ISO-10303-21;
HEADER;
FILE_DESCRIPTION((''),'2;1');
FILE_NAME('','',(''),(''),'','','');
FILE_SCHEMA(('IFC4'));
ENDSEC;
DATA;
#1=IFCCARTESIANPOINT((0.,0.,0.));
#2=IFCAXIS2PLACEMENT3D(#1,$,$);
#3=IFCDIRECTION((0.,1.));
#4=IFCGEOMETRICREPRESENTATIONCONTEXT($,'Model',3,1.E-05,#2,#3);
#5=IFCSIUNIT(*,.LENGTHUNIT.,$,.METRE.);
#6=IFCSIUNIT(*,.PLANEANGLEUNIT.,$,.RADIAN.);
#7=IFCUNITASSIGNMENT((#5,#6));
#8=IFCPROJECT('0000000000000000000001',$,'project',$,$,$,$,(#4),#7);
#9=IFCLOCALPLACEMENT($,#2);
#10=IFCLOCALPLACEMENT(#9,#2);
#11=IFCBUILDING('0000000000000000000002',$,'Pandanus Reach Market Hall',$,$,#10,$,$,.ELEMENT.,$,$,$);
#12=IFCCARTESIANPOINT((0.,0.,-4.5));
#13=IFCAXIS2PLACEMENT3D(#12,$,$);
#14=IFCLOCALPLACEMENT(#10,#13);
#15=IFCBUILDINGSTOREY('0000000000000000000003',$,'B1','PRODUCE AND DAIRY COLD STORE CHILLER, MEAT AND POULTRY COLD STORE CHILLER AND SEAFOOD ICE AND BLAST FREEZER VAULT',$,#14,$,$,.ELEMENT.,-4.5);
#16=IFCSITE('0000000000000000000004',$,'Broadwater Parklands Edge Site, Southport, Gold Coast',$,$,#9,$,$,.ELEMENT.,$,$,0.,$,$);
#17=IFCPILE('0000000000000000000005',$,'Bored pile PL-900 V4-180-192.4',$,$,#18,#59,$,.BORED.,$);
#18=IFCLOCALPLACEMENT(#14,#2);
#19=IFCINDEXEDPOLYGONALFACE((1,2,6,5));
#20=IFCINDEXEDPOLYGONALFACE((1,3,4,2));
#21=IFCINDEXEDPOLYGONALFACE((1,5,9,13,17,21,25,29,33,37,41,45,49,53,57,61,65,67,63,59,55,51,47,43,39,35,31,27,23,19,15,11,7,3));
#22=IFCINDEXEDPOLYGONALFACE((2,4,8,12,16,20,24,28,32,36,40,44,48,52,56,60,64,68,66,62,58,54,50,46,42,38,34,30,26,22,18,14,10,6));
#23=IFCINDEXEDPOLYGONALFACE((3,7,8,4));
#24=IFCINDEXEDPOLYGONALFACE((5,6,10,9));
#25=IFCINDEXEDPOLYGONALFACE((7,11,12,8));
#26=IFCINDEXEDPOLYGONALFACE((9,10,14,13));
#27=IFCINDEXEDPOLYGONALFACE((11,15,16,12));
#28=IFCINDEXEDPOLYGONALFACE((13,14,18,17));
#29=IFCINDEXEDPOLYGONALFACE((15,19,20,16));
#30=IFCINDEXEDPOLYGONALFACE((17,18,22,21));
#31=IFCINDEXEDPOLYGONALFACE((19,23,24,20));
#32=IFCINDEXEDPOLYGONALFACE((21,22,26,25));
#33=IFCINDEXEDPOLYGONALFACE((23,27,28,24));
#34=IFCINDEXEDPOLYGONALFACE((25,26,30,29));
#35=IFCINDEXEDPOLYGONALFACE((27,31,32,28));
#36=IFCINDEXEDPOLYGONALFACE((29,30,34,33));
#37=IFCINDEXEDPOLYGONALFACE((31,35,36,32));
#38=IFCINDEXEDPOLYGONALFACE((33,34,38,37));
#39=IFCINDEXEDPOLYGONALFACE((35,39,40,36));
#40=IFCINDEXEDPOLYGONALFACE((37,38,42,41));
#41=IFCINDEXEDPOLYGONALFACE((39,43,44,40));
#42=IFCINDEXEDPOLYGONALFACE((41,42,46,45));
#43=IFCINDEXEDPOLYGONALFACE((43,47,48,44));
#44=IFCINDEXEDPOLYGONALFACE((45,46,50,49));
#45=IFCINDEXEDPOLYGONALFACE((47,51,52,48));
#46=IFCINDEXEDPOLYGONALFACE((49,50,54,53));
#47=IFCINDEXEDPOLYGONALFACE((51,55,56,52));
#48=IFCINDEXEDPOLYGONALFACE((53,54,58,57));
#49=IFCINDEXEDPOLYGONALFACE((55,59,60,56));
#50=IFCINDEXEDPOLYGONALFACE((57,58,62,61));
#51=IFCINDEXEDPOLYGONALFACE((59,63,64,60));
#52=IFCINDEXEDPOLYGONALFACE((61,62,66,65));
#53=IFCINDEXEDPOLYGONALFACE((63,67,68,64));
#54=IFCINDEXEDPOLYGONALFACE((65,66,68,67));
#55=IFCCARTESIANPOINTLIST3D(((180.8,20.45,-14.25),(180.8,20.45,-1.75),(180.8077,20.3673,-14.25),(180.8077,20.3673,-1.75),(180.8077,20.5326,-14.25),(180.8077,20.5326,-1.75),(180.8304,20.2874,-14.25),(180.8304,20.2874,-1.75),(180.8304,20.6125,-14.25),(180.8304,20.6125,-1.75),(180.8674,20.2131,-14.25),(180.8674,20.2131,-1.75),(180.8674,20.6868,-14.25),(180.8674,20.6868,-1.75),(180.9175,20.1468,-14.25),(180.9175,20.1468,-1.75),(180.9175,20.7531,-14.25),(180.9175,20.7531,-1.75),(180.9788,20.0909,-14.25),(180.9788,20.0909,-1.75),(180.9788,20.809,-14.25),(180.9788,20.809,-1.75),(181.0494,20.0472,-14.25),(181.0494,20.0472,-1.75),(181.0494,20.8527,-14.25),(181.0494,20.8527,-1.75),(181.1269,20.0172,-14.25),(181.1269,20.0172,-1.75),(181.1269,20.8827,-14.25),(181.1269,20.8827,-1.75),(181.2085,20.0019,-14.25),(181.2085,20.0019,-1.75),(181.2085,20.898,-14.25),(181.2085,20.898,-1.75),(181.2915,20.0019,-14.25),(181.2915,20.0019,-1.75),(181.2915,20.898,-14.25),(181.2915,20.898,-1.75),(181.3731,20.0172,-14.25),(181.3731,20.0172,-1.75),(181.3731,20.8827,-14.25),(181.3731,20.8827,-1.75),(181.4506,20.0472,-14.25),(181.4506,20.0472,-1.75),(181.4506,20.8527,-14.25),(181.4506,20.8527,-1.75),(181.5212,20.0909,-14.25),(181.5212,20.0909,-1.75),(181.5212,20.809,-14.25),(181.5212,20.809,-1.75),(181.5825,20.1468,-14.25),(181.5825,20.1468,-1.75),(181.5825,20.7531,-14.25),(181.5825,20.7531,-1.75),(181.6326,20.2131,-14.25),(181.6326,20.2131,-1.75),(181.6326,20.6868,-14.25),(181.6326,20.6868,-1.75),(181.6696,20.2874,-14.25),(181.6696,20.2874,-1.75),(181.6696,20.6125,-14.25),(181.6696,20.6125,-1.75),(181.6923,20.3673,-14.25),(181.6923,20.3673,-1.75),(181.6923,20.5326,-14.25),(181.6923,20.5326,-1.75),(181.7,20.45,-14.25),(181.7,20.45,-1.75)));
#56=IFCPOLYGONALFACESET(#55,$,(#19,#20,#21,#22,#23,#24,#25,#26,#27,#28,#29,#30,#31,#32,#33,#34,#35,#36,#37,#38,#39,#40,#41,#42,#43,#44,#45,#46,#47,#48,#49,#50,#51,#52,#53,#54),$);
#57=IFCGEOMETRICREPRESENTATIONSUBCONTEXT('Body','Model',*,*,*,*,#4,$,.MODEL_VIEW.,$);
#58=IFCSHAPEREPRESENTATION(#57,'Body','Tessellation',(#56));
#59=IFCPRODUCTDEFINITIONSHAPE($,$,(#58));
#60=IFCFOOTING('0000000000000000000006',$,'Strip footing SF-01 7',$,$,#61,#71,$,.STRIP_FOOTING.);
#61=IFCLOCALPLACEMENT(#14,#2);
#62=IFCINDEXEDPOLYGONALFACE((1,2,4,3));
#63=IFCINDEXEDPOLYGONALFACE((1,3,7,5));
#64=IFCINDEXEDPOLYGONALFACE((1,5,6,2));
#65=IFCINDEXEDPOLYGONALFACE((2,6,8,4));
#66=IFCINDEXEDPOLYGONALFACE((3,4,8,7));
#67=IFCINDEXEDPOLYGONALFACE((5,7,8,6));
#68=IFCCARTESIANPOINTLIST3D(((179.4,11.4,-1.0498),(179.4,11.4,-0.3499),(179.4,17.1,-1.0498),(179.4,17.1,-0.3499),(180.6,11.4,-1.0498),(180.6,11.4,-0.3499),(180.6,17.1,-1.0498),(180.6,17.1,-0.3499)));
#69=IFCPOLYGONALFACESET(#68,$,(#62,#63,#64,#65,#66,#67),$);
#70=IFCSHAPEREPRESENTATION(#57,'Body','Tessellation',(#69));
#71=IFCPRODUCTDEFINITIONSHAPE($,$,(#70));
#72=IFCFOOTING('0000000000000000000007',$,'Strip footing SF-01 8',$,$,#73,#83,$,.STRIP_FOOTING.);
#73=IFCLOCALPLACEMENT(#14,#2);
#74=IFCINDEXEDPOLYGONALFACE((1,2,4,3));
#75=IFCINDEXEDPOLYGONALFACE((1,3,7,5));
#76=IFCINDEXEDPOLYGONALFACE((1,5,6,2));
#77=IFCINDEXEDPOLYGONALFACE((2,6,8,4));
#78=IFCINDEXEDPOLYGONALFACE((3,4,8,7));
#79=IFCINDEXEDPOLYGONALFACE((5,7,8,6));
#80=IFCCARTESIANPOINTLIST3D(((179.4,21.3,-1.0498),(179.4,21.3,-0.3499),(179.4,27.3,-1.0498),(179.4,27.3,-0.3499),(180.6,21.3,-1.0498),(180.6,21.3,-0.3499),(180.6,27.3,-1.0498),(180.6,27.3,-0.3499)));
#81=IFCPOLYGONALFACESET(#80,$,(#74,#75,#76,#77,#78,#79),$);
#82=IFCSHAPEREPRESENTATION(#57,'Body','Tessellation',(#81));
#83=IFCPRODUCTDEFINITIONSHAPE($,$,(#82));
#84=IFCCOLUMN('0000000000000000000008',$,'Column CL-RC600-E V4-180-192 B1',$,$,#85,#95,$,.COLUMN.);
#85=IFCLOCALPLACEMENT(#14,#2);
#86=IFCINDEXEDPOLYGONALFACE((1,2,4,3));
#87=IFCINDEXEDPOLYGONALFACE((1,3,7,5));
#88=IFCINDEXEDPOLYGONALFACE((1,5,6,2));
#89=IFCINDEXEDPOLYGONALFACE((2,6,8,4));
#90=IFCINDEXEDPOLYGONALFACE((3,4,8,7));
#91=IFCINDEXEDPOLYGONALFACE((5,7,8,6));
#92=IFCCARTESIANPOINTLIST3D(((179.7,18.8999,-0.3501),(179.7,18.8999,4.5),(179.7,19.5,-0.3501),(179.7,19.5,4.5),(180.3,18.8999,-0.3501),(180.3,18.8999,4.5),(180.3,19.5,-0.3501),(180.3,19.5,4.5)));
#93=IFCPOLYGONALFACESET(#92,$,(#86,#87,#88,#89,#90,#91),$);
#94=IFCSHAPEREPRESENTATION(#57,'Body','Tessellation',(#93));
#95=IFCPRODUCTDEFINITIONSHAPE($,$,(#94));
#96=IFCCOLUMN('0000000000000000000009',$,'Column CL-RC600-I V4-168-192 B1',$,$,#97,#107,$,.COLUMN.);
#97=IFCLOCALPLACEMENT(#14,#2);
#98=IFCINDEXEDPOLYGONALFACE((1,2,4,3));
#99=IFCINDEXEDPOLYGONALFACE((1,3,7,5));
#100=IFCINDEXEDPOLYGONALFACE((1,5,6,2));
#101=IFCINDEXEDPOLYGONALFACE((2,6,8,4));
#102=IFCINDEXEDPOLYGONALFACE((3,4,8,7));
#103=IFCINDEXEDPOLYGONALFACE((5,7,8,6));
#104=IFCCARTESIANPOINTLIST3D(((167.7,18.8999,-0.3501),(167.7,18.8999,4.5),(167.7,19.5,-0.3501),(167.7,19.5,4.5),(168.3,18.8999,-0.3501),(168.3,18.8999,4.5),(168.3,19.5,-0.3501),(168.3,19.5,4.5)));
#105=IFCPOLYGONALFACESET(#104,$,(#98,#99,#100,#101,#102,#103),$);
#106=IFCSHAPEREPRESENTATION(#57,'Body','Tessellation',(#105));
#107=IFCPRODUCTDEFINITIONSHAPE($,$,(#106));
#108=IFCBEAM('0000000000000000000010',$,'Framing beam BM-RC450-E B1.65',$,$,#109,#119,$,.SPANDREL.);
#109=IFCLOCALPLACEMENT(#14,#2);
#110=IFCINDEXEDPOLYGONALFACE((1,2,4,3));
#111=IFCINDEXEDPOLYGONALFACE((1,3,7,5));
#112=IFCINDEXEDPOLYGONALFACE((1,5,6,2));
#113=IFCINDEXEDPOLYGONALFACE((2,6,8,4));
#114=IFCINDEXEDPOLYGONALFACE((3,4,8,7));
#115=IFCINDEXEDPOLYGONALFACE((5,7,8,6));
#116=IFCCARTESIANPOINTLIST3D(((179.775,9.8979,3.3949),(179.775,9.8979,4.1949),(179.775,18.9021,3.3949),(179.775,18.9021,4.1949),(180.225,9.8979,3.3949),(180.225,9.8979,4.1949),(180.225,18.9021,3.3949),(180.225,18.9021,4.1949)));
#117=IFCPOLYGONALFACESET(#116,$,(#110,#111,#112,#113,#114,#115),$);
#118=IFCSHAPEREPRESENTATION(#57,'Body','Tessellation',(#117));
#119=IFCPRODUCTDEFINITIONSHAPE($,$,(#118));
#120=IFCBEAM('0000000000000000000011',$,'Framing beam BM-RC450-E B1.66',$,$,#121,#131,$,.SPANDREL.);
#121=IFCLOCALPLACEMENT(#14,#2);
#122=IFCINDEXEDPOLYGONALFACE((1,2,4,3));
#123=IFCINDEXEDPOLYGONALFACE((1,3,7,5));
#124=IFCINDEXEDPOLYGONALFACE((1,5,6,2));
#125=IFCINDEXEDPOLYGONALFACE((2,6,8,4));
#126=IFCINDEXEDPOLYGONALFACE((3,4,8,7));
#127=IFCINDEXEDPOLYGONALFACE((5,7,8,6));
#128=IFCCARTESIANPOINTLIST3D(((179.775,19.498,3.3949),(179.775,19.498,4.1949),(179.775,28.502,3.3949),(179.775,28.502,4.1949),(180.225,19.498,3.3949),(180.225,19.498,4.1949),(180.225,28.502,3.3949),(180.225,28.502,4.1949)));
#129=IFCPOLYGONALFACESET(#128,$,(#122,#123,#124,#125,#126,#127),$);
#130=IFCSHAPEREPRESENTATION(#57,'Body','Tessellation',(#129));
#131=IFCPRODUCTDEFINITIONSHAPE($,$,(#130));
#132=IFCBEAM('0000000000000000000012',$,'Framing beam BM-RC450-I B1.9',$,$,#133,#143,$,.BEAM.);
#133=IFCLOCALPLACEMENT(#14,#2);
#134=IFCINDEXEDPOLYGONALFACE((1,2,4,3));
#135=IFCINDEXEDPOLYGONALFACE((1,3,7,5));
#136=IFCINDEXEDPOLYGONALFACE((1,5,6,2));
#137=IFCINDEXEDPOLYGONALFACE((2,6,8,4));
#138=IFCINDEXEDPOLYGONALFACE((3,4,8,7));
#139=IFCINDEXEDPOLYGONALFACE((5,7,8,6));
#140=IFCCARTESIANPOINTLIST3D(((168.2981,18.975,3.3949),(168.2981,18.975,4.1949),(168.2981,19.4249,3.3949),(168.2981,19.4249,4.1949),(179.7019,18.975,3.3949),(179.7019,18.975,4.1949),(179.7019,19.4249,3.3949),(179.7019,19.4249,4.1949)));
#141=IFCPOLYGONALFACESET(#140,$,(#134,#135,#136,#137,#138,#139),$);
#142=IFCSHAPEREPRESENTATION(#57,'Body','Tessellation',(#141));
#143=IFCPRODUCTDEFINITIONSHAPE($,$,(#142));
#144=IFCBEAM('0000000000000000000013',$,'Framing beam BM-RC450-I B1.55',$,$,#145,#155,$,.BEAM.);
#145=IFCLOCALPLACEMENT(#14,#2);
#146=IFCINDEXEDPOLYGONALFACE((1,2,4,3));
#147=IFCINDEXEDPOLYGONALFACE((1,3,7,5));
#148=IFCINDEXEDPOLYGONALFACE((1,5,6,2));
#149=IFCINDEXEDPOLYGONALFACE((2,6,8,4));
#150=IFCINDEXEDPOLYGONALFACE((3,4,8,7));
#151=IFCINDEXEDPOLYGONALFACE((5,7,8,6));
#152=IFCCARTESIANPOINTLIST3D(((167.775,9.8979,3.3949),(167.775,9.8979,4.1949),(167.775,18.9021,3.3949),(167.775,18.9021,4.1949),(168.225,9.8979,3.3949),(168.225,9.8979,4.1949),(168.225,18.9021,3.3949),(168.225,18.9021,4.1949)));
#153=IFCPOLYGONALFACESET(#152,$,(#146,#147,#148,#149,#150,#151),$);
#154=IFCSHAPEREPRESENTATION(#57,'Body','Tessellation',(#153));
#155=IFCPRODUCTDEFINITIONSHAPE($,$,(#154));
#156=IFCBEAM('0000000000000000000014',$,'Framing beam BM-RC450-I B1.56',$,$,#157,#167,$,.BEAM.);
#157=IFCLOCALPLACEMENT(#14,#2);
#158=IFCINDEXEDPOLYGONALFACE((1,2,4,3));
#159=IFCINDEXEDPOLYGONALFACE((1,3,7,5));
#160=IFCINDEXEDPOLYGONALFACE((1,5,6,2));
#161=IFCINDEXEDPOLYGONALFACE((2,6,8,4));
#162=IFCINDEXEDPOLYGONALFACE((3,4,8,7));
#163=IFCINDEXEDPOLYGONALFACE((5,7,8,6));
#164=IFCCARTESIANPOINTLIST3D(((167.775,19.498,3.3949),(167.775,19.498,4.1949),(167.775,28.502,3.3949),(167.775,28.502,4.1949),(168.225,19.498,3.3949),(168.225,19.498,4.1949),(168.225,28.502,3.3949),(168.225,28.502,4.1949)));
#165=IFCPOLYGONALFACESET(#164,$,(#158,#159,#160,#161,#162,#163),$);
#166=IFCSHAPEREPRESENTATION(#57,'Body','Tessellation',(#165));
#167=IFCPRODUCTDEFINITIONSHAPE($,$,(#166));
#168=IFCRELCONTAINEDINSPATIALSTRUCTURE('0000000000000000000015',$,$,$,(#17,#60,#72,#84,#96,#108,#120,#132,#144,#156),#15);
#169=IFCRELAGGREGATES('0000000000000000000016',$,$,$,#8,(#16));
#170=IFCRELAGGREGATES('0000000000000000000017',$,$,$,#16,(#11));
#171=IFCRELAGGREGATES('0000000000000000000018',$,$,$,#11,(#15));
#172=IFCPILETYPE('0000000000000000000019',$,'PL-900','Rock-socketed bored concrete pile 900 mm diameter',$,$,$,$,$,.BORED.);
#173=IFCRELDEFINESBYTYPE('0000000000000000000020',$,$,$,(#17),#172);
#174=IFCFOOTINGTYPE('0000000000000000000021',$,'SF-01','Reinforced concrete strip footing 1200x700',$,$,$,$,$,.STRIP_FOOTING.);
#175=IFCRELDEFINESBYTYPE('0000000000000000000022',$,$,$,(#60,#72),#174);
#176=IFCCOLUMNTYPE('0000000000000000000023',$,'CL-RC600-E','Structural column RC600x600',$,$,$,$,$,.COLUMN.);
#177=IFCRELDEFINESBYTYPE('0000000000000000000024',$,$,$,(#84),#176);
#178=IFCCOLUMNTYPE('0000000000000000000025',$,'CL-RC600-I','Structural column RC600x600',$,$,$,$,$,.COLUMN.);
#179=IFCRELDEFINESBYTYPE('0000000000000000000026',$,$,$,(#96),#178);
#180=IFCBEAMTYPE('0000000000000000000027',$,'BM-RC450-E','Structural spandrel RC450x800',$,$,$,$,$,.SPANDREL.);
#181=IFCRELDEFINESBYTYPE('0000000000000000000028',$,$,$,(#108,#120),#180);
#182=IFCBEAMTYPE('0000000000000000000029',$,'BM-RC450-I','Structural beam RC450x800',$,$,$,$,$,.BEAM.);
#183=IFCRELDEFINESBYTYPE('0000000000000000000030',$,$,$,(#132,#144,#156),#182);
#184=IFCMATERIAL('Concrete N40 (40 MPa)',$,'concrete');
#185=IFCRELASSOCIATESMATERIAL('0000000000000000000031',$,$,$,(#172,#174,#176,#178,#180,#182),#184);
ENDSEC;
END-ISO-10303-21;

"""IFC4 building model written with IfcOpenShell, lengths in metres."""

from ifc_helpers import new_model, si_unit, direction, frame, origin, origin_2d, place, context, subcontext, project, spatial, rectangle, circle, extrude, material, material_profile, profile_set, type_object, element, save


model = new_model("IFC4")

# Units and contexts
model_context = context("Model", 3, precision=1e-05, world=origin(), true_north=direction((0.0, 1.0)))
body_context = subcontext(model_context, "Body", "Model", "MODEL_VIEW")
ifc_project = project(units=[si_unit("LENGTHUNIT", "METRE"), si_unit("PLANEANGLEUNIT", "RADIAN")], contexts=[model_context])

# Site, building, storey
site_placement = place(None, origin())
site = spatial("IfcSite", under=ifc_project, at=site_placement, Name="Broadwater Parklands Edge Site, Southport, Gold Coast", CompositionType="ELEMENT", RefElevation=0.0)
building_placement = place(site_placement, origin())
building = spatial("IfcBuilding", under=site, at=building_placement, Name="Pandanus Reach Market Hall", CompositionType="ELEMENT")
storey_placement = place(building_placement, frame((0.0, 0.0, -4.5)))
storey = spatial("IfcBuildingStorey", under=building, at=storey_placement, Name="B1", Description="PRODUCE AND DAIRY COLD STORE CHILLER, MEAT AND POULTRY COLD STORE CHILLER AND SEAFOOD ICE AND BLAST FREEZER VAULT", CompositionType="ELEMENT", Elevation=-4.5)

# Shared definitions
ifc_material_1 = material(Name="Concrete N40 (40 MPa)", Category="concrete")

# Pile
ifc_material_profile_1 = material_profile(ifc_material_1, circle(Radius=0.45, at=origin_2d()), Name="PILE-900D", Category="LoadBearing")
ifc_profile_set_1 = profile_set([ifc_material_profile_1], Name="Concrete N40 (40 MPa)")
pile_type_1 = type_object("IfcPileType", Name="PL-900", Description="Rock-socketed bored concrete pile 900 mm diameter", PredefinedType="BORED", material=ifc_profile_set_1)
for number, where, z_axis, x_axis, name in (
    (1, (181.25, 20.45, -1.75), (0.0, 0.0, -1.0), (1.0, 0.0, 0.0), "Bored pile PL-900 V4-180-192.4"),
):
    element("IfcPile", number, at=place(storey_placement, frame(where, z_axis=z_axis, x_axis=x_axis)), inside=storey, type_object=pile_type_1, Name=name, PredefinedType="BORED", context=body_context, shape_type="SweptSolid", body=[
        extrude(circle(Radius=0.45, at=origin_2d()), origin(), (0.0, 0.0, 1.0), 12.5),
    ])

# Footings
footing_type_1 = type_object("IfcFootingType", Name="SF-01", Description="Reinforced concrete strip footing 1200x700", PredefinedType="STRIP_FOOTING", material=ifc_material_1)
footing_1_placement = place(storey_placement, frame((180.0, 14.25, -1.0498), z_axis=(0.0, 0.0, 1.0), x_axis=(1.0, 0.0, 0.0)))
element("IfcFooting", 2, at=footing_1_placement, inside=storey, type_object=footing_type_1, Name="Strip footing SF-01 7", PredefinedType="STRIP_FOOTING", context=body_context, shape_type="SweptSolid", body=[
    extrude(rectangle(XDim=1.2, YDim=5.7, at=origin_2d()), origin(), (0.0, 0.0, 1.0), 0.7),
])
footing_2_placement = place(storey_placement, frame((180.0, 24.3, -1.0498), z_axis=(0.0, 0.0, 1.0), x_axis=(1.0, 0.0, 0.0)))
element("IfcFooting", 3, at=footing_2_placement, inside=storey, type_object=footing_type_1, Name="Strip footing SF-01 8", PredefinedType="STRIP_FOOTING", context=body_context, shape_type="SweptSolid", body=[
    extrude(rectangle(XDim=1.2, YDim=6.0, at=origin_2d()), origin(), (0.0, 0.0, 1.0), 0.7),
])

# Columns
ifc_material_profile_2 = material_profile(ifc_material_1, rectangle(XDim=0.6001, YDim=0.6001, at=origin_2d()), Name="RC600x600", Category="LoadBearing")
ifc_profile_set_2 = profile_set([ifc_material_profile_2], Name="Concrete N40 (40 MPa)")
column_type_1 = type_object("IfcColumnType", Name="CL-RC600-E", Description="Structural column RC600x600", PredefinedType="COLUMN", material=ifc_profile_set_2)
column_1_placement = place(storey_placement, frame((180.0, 19.2, -0.3501), z_axis=(0.0, 0.0, 1.0), x_axis=(1.0, 0.0, 0.0)))
element("IfcColumn", 4, at=column_1_placement, inside=storey, type_object=column_type_1, Name="Column CL-RC600-E V4-180-192 B1", PredefinedType="COLUMN", context=body_context, shape_type="SweptSolid", body=[
    extrude(rectangle(XDim=0.6001, YDim=0.6001, at=origin_2d()), origin(), (0.0, 0.0, 1.0), 4.8501),
])
ifc_material_profile_3 = material_profile(ifc_material_1, rectangle(XDim=0.6001, YDim=0.6001, at=origin_2d()), Name="RC600x600", Category="LoadBearing")
ifc_profile_set_3 = profile_set([ifc_material_profile_3], Name="Concrete N40 (40 MPa)")
column_type_2 = type_object("IfcColumnType", Name="CL-RC600-I", Description="Structural column RC600x600", PredefinedType="COLUMN", material=ifc_profile_set_3)
column_2_placement = place(storey_placement, frame((168.0, 19.2, -0.3501), z_axis=(0.0, 0.0, 1.0), x_axis=(1.0, 0.0, 0.0)))
element("IfcColumn", 5, at=column_2_placement, inside=storey, type_object=column_type_2, Name="Column CL-RC600-I V4-168-192 B1", PredefinedType="COLUMN", context=body_context, shape_type="SweptSolid", body=[
    extrude(rectangle(XDim=0.6001, YDim=0.6001, at=origin_2d()), origin(), (0.0, 0.0, 1.0), 4.8501),
])

# Beams
ifc_material_profile_4 = material_profile(ifc_material_1, rectangle(XDim=0.45, YDim=0.8, at=origin_2d()), Name="RC450x800", Category="LoadBearing")
ifc_profile_set_4 = profile_set([ifc_material_profile_4], Name="Concrete N40 (40 MPa)")
beam_type_1 = type_object("IfcBeamType", Name="BM-RC450-E", Description="Structural spandrel RC450x800", PredefinedType="SPANDREL", material=ifc_profile_set_4)
beam_1_placement = place(storey_placement, frame((180.0, 9.8979, 3.7949), z_axis=(0.0, 1.0, 0.0), x_axis=(-1.0, 0.0, 0.0)))
element("IfcBeam", 6, at=beam_1_placement, inside=storey, type_object=beam_type_1, Name="Framing beam BM-RC450-E B1.65", PredefinedType="SPANDREL", context=body_context, shape_type="SweptSolid", body=[
    extrude(rectangle(XDim=0.45, YDim=0.8, at=origin_2d()), origin(), (0.0, 0.0, 1.0), 9.0042),
])
beam_2_placement = place(storey_placement, frame((180.0, 19.498, 3.7949), z_axis=(0.0, 1.0, 0.0), x_axis=(-1.0, 0.0, 0.0)))
element("IfcBeam", 7, at=beam_2_placement, inside=storey, type_object=beam_type_1, Name="Framing beam BM-RC450-E B1.66", PredefinedType="SPANDREL", context=body_context, shape_type="SweptSolid", body=[
    extrude(rectangle(XDim=0.45, YDim=0.8, at=origin_2d()), origin(), (0.0, 0.0, 1.0), 9.0039),
])
ifc_material_profile_5 = material_profile(ifc_material_1, rectangle(XDim=0.45, YDim=0.8, at=origin_2d()), Name="RC450x800", Category="LoadBearing")
ifc_profile_set_5 = profile_set([ifc_material_profile_5], Name="Concrete N40 (40 MPa)")
beam_type_2 = type_object("IfcBeamType", Name="BM-RC450-I", Description="Structural beam RC450x800", PredefinedType="BEAM", material=ifc_profile_set_5)
beam_3_placement = place(storey_placement, frame((168.2981, 19.2, 3.7949), z_axis=(1.0, 0.0, 0.0), x_axis=(0.0, 1.0, 0.0)))
element("IfcBeam", 8, at=beam_3_placement, inside=storey, type_object=beam_type_2, Name="Framing beam BM-RC450-I B1.9", PredefinedType="BEAM", context=body_context, shape_type="SweptSolid", body=[
    extrude(rectangle(XDim=0.45, YDim=0.8, at=origin_2d()), origin(), (0.0, 0.0, 1.0), 11.4038),
])
beam_4_placement = place(storey_placement, frame((168.0, 9.8979, 3.7949), z_axis=(0.0, 1.0, 0.0), x_axis=(-1.0, 0.0, 0.0)))
element("IfcBeam", 9, at=beam_4_placement, inside=storey, type_object=beam_type_2, Name="Framing beam BM-RC450-I B1.55", PredefinedType="BEAM", context=body_context, shape_type="SweptSolid", body=[
    extrude(rectangle(XDim=0.45, YDim=0.8, at=origin_2d()), origin(), (0.0, 0.0, 1.0), 9.0042),
])
beam_5_placement = place(storey_placement, frame((168.0, 19.498, 3.7949), z_axis=(0.0, 1.0, 0.0), x_axis=(-1.0, 0.0, 0.0)))
element("IfcBeam", 10, at=beam_5_placement, inside=storey, type_object=beam_type_2, Name="Framing beam BM-RC450-I B1.56", PredefinedType="BEAM", context=body_context, shape_type="SweptSolid", body=[
    extrude(rectangle(XDim=0.45, YDim=0.8, at=origin_2d()), origin(), (0.0, 0.0, 1.0), 9.0039),
])

save(model, "model.ifc")
